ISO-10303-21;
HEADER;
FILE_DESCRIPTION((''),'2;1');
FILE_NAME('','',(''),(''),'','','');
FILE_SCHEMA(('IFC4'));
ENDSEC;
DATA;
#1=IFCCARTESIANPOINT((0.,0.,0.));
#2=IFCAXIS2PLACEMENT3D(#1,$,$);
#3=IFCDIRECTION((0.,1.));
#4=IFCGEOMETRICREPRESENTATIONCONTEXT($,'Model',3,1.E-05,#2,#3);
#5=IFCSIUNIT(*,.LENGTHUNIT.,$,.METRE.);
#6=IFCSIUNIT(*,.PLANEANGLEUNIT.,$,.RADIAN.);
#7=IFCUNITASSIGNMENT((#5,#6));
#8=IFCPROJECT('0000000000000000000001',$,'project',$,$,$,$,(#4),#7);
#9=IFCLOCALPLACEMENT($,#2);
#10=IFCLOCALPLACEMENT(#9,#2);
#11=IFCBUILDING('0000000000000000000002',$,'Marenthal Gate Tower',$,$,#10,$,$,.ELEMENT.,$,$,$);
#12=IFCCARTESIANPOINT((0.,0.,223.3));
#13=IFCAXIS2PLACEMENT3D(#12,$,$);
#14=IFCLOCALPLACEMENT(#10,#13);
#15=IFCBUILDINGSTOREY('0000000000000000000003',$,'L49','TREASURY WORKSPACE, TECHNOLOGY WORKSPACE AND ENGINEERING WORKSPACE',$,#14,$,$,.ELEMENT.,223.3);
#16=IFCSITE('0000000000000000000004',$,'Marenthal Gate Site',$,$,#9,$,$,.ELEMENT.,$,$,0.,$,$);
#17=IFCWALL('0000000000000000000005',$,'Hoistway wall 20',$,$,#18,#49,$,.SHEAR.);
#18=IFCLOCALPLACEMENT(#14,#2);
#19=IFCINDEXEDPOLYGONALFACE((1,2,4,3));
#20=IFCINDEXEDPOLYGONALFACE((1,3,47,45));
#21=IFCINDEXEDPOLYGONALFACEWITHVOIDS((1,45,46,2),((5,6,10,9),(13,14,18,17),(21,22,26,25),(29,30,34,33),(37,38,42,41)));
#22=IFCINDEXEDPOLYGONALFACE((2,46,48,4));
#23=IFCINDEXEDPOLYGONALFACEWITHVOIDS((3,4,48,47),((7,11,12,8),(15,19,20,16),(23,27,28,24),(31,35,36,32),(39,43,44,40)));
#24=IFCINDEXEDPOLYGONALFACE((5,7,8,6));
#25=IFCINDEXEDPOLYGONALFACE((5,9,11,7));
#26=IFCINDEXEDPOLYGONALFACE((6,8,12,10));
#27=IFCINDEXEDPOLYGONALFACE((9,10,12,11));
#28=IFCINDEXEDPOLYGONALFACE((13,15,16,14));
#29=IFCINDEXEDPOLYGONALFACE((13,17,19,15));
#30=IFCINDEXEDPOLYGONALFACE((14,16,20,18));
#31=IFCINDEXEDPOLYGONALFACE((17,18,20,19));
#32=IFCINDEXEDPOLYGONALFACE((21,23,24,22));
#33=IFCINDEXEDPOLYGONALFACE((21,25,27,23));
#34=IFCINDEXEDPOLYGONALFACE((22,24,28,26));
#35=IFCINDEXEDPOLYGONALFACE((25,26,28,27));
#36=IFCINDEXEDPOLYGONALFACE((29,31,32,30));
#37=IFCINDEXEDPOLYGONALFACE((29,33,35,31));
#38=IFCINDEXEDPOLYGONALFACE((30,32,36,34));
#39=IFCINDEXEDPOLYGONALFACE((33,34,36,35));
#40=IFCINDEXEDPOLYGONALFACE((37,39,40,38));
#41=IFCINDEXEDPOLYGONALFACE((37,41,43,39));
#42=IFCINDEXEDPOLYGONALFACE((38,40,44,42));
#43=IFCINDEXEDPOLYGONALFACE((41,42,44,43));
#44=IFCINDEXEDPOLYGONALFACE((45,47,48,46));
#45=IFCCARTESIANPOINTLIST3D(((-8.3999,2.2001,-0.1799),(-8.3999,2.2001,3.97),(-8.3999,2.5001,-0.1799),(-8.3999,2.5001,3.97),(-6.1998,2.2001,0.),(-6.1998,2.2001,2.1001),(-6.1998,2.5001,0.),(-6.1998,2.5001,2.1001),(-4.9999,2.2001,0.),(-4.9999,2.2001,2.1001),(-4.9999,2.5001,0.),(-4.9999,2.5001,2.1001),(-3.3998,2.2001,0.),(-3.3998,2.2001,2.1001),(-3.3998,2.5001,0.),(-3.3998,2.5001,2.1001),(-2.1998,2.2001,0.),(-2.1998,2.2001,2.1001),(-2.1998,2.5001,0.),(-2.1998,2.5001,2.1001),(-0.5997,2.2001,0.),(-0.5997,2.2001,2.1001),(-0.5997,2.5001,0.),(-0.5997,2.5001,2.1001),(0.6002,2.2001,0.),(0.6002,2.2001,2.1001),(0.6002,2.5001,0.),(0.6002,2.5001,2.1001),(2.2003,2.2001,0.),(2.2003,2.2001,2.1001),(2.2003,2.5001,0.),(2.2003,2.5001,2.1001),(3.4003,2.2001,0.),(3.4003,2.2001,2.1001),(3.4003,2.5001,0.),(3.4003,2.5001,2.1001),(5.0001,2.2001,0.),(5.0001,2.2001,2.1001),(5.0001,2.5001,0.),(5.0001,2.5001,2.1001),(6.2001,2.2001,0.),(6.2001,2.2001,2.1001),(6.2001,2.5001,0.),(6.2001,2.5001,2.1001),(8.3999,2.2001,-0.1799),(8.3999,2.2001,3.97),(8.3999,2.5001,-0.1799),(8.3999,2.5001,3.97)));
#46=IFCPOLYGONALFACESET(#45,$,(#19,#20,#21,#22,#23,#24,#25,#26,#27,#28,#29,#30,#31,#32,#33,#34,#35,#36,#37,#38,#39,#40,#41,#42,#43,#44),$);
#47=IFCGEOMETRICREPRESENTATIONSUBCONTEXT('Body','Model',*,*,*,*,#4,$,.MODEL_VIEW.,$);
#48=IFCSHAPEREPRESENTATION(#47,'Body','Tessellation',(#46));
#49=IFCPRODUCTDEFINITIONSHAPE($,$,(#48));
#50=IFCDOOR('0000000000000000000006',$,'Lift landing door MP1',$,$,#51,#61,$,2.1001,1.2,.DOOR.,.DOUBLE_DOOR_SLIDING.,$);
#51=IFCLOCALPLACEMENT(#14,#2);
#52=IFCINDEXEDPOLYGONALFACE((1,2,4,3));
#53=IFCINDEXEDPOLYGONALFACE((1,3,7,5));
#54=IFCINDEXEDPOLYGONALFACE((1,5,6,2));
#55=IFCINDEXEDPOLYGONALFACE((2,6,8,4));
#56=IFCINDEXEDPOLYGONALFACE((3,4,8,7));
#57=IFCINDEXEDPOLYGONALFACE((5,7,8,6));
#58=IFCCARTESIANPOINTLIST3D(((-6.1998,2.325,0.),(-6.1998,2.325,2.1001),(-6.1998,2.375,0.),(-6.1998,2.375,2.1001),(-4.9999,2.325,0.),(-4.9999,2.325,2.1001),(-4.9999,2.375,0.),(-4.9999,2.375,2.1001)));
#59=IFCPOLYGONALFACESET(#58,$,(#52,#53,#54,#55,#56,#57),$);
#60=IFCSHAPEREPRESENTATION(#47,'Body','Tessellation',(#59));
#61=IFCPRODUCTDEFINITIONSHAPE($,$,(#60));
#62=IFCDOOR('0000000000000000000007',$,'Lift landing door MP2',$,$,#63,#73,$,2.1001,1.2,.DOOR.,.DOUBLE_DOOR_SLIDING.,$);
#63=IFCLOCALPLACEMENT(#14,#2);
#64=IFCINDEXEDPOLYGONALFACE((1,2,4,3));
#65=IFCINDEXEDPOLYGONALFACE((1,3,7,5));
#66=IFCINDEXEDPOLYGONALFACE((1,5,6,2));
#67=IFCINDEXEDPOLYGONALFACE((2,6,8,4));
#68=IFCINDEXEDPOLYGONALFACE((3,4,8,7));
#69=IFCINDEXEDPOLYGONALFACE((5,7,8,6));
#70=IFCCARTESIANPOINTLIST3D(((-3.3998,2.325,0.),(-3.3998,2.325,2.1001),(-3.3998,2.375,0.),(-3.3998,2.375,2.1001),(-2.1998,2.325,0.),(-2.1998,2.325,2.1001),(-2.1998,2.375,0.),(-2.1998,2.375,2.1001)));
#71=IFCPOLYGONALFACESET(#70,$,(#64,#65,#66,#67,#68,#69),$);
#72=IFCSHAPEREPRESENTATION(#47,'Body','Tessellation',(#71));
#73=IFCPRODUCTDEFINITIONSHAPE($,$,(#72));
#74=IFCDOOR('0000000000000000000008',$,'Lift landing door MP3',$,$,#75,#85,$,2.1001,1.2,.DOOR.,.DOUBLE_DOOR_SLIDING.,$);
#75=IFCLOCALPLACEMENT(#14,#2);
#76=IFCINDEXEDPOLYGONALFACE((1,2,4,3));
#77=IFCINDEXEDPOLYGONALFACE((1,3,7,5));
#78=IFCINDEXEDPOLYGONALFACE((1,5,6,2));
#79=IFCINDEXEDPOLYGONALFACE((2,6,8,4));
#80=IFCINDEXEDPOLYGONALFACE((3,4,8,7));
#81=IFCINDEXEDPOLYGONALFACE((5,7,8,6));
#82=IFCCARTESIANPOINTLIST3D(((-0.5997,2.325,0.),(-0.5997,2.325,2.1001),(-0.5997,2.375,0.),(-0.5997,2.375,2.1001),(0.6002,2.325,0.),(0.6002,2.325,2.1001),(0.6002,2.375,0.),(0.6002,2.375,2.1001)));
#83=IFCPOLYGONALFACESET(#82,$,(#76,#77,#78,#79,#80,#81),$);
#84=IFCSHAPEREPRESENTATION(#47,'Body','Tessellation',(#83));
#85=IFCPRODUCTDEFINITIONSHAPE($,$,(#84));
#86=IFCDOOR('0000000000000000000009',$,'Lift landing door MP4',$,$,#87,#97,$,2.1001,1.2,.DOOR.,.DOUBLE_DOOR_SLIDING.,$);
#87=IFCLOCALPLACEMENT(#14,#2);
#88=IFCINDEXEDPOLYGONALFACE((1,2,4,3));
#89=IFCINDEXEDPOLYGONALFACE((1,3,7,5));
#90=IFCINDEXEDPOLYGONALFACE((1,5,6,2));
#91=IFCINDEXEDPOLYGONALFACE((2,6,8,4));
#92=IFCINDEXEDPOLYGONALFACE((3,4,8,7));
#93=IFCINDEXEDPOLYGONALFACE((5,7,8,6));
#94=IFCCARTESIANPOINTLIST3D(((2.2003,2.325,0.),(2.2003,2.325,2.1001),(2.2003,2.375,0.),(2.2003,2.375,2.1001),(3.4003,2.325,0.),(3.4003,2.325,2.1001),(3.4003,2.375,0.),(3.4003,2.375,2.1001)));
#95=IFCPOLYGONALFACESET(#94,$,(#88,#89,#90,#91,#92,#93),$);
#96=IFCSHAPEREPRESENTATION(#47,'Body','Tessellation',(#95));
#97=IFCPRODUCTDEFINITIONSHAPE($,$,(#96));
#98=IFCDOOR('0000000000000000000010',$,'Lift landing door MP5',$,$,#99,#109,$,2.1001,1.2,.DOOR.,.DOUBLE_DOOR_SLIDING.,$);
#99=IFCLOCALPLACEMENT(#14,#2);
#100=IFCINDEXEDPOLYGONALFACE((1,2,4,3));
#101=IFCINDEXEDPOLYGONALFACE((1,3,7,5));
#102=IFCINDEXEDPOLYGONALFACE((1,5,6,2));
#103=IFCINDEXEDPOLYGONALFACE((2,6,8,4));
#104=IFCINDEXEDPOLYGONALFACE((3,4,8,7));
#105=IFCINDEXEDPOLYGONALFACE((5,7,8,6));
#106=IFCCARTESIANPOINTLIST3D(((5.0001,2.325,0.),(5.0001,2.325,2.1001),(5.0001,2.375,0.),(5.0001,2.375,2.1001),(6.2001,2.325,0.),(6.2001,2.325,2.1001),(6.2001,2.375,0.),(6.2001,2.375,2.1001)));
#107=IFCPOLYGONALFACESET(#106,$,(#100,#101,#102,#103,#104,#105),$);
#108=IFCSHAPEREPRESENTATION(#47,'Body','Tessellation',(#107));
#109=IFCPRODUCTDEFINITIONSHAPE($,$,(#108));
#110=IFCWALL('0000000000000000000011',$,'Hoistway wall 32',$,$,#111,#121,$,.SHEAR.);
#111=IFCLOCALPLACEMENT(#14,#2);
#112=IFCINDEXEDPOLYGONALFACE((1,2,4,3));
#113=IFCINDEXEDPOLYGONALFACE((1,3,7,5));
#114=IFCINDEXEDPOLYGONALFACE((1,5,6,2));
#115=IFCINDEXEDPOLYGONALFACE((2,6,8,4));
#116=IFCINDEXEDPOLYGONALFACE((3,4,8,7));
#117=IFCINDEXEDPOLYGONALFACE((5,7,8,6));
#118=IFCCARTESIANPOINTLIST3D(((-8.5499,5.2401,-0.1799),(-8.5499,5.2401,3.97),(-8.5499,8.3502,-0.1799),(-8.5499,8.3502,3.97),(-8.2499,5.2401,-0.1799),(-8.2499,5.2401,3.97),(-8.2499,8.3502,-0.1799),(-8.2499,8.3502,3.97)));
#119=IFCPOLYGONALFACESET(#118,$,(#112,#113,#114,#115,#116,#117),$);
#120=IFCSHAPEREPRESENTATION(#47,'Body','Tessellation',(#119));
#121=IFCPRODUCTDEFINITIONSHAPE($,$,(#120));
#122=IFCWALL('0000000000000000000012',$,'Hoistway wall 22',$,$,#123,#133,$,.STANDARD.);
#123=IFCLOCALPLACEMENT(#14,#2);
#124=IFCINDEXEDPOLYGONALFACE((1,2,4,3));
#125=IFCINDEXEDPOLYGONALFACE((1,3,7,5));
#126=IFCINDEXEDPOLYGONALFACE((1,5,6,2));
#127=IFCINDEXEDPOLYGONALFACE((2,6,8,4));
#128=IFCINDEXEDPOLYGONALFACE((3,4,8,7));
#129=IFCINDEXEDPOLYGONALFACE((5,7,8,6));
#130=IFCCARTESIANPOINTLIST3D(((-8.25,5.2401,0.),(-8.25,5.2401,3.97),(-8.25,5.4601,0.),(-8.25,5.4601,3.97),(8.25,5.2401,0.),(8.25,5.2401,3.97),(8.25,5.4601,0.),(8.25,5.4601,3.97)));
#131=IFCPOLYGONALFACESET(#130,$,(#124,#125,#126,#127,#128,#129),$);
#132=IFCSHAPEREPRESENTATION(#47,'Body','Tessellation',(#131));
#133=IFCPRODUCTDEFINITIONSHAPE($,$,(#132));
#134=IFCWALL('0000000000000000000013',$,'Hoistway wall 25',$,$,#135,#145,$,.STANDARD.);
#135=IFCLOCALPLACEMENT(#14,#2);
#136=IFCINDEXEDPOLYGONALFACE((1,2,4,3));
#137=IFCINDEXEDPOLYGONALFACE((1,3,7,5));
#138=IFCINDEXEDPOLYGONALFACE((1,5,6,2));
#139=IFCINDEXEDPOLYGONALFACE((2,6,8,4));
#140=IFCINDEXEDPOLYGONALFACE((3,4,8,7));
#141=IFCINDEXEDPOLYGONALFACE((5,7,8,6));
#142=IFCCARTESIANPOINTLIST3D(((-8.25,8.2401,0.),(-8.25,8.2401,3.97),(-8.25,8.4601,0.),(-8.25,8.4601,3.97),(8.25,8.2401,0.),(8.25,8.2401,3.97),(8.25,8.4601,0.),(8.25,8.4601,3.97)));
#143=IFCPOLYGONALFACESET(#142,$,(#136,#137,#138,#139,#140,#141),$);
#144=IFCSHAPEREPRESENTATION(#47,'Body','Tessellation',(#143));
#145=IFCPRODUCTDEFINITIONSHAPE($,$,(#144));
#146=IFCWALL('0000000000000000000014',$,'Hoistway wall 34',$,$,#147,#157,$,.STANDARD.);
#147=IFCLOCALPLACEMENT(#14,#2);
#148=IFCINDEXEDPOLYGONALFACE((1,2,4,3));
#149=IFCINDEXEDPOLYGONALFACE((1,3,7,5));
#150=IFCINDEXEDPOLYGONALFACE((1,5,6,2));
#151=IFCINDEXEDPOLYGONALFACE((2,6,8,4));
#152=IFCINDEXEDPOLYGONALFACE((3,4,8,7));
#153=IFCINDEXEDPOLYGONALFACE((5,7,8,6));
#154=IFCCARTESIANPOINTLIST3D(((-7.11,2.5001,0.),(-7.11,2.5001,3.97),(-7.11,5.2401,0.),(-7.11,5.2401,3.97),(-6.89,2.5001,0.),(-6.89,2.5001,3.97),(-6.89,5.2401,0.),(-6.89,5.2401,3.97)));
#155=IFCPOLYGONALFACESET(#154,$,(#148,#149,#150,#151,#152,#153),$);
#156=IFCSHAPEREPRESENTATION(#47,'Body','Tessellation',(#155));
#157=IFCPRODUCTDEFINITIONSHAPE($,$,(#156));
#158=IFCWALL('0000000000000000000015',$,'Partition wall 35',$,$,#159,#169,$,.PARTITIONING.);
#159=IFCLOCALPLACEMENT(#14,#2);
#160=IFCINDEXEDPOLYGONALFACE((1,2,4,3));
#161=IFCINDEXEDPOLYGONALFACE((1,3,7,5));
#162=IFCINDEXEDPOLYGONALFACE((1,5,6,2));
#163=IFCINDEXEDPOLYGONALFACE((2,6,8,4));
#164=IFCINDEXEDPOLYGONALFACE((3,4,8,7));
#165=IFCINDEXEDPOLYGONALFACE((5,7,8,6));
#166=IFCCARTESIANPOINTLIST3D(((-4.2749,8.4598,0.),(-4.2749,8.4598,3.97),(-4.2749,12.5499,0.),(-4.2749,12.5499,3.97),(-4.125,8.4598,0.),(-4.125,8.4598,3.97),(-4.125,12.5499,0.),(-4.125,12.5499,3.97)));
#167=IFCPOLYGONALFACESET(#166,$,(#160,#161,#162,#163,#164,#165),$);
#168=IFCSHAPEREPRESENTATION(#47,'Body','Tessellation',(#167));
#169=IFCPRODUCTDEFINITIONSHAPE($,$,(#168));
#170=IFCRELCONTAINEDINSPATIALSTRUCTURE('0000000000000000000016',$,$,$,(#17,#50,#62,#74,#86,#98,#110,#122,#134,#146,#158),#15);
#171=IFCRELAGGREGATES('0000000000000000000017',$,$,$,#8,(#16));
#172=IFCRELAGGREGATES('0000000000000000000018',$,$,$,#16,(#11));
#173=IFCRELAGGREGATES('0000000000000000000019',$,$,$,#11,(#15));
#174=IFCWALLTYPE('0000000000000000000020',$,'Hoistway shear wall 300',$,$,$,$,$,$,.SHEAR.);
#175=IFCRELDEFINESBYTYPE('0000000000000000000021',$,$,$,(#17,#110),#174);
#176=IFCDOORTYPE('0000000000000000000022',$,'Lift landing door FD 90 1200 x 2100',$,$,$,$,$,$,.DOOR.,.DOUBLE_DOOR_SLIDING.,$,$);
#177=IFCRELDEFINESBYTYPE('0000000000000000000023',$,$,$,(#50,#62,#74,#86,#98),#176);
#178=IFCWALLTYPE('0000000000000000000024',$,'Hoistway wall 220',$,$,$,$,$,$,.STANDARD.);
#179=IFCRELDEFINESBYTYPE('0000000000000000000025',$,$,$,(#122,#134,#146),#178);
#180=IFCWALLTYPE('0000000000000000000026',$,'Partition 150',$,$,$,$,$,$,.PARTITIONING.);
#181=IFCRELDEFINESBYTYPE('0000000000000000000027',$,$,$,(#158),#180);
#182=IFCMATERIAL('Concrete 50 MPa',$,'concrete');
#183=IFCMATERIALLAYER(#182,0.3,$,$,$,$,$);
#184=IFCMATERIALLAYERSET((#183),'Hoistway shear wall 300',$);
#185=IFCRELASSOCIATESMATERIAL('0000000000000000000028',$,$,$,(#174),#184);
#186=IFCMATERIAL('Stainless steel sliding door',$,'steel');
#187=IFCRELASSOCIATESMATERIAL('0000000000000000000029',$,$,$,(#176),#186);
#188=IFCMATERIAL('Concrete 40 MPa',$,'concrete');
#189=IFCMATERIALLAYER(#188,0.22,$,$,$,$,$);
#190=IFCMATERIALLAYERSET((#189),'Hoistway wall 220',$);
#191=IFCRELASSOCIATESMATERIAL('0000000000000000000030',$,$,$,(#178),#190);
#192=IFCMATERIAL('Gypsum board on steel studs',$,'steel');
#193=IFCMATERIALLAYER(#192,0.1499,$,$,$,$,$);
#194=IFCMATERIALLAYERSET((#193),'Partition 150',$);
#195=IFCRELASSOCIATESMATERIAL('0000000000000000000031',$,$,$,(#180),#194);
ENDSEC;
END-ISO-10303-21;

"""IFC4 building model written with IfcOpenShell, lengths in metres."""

from ifc_helpers import new_model, si_unit, direction, frame, frame_2d, origin, place, context, subcontext, project, spatial, rectangle, extrude, material, layer, layer_set, type_object, element, fill, save


model = new_model("IFC4")

# Units and contexts
model_context = context("Model", 3, precision=1e-05, world=origin(), true_north=direction((0.0, 1.0)))
body_context = subcontext(model_context, "Body", "Model", "MODEL_VIEW")
ifc_project = project(units=[si_unit("LENGTHUNIT", "METRE"), si_unit("PLANEANGLEUNIT", "RADIAN")], contexts=[model_context])

# Site, building, storey
site_placement = place(None, origin())
site = spatial("IfcSite", under=ifc_project, at=site_placement, Name="Marenthal Gate Site", CompositionType="ELEMENT", RefElevation=0.0)
building_placement = place(site_placement, origin())
building = spatial("IfcBuilding", under=site, at=building_placement, Name="Marenthal Gate Tower", CompositionType="ELEMENT")
storey_placement = place(building_placement, frame((0.0, 0.0, 223.3)))
storey = spatial("IfcBuildingStorey", under=building, at=storey_placement, Name="L49", Description="TREASURY WORKSPACE, TECHNOLOGY WORKSPACE AND ENGINEERING WORKSPACE", CompositionType="ELEMENT", Elevation=223.3)

# Wall, openings, doors
ifc_material_1 = material(Name="Concrete 50 MPa", Category="concrete")
ifc_layer_1 = layer(ifc_material_1, 0.3)
ifc_layer_set_1 = layer_set([ifc_layer_1], Name="Hoistway shear wall 300")
wall_type_1 = type_object("IfcWallType", Name="Hoistway shear wall 300", PredefinedType="SHEAR", material=ifc_layer_set_1)
wall_1_placement = place(storey_placement, frame((-8.3999, 2.3501, -0.1799), z_axis=(0.0, 0.0, 1.0), x_axis=(1.0, 0.0, 0.0)))
wall_1 = element("IfcWall", 1, at=wall_1_placement, inside=storey, type_object=wall_type_1, Name="Hoistway wall 20", PredefinedType="SHEAR", context=body_context, shape_type="SweptSolid", body=[
    extrude(rectangle(XDim=16.7998, YDim=0.3, at=frame_2d((8.3999, 0.0))), origin(), (0.0, 0.0, 1.0), 4.1499),
])
opening_1_placement = place(wall_1_placement, frame((2.2, 0.0, 0.1799)))
opening_1 = element("IfcOpeningElement", 2, at=opening_1_placement, cuts=wall_1, PredefinedType="OPENING", context=body_context, shape_type="SweptSolid", body=[
    extrude(rectangle(XDim=1.2, YDim=2.1001, at=frame_2d((0.6001, 1.05))), frame((0.0, 0.1602, 0.0), z_axis=(0.0, -1.0, 0.0), x_axis=(1.0, 0.0, 0.0)), (0.0, 0.0, 1.0), 0.3201),
])
opening_2_placement = place(wall_1_placement, frame((5.0, 0.0, 0.1799)))
opening_2 = element("IfcOpeningElement", 3, at=opening_2_placement, cuts=wall_1, PredefinedType="OPENING", context=body_context, shape_type="SweptSolid", body=[
    extrude(rectangle(XDim=1.2, YDim=2.1001, at=frame_2d((0.6001, 1.05))), frame((0.0, 0.1602, 0.0), z_axis=(0.0, -1.0, 0.0), x_axis=(1.0, 0.0, 0.0)), (0.0, 0.0, 1.0), 0.3201),
])
opening_3_placement = place(wall_1_placement, frame((7.8, 0.0, 0.1799)))
opening_3 = element("IfcOpeningElement", 4, at=opening_3_placement, cuts=wall_1, PredefinedType="OPENING", context=body_context, shape_type="SweptSolid", body=[
    extrude(rectangle(XDim=1.2, YDim=2.1001, at=frame_2d((0.6001, 1.05))), frame((0.0, 0.1602, 0.0), z_axis=(0.0, -1.0, 0.0), x_axis=(1.0, 0.0, 0.0)), (0.0, 0.0, 1.0), 0.3201),
])
opening_4_placement = place(wall_1_placement, frame((10.6001, 0.0, 0.1799)))
opening_4 = element("IfcOpeningElement", 5, at=opening_4_placement, cuts=wall_1, PredefinedType="OPENING", context=body_context, shape_type="SweptSolid", body=[
    extrude(rectangle(XDim=1.2, YDim=2.1001, at=frame_2d((0.6001, 1.05))), frame((0.0, 0.1602, 0.0), z_axis=(0.0, -1.0, 0.0), x_axis=(1.0, 0.0, 0.0)), (0.0, 0.0, 1.0), 0.3201),
])
opening_5_placement = place(wall_1_placement, frame((13.3999, 0.0, 0.1799)))
opening_5 = element("IfcOpeningElement", 6, at=opening_5_placement, cuts=wall_1, PredefinedType="OPENING", context=body_context, shape_type="SweptSolid", body=[
    extrude(rectangle(XDim=1.2, YDim=2.1001, at=frame_2d((0.6001, 1.05))), frame((0.0, 0.1602, 0.0), z_axis=(0.0, -1.0, 0.0), x_axis=(1.0, 0.0, 0.0)), (0.0, 0.0, 1.0), 0.3201),
])
ifc_material_2 = material(Name="Stainless steel sliding door", Category="steel")
door_type = type_object("IfcDoorType", Name="Lift landing door FD 90 1200 x 2100", OperationType="DOUBLE_DOOR_SLIDING", PredefinedType="DOOR", material=ifc_material_2)
door_1_placement = place(opening_1_placement, origin())
door_1 = element("IfcDoor", 7, at=door_1_placement, inside=storey, type_object=door_type, Name="Lift landing door MP1", OperationType="DOUBLE_DOOR_SLIDING", OverallHeight=2.1001, OverallWidth=1.2, PredefinedType="DOOR", context=body_context, shape_type="SweptSolid", body=[
    extrude(rectangle(XDim=1.2, YDim=2.1001, at=frame_2d((0.6001, 1.05))), frame((0.0, 0.0249, 0.0), z_axis=(0.0, -1.0, 0.0), x_axis=(1.0, 0.0, 0.0)), (0.0, 0.0, 1.0), 0.05),
])
fill(opening_1, door_1)
door_2_placement = place(opening_2_placement, origin())
door_2 = element("IfcDoor", 8, at=door_2_placement, inside=storey, type_object=door_type, Name="Lift landing door MP2", OperationType="DOUBLE_DOOR_SLIDING", OverallHeight=2.1001, OverallWidth=1.2, PredefinedType="DOOR", context=body_context, shape_type="SweptSolid", body=[
    extrude(rectangle(XDim=1.2, YDim=2.1001, at=frame_2d((0.6001, 1.05))), frame((0.0, 0.0249, 0.0), z_axis=(0.0, -1.0, 0.0), x_axis=(1.0, 0.0, 0.0)), (0.0, 0.0, 1.0), 0.05),
])
fill(opening_2, door_2)
door_3_placement = place(opening_3_placement, origin())
door_3 = element("IfcDoor", 9, at=door_3_placement, inside=storey, type_object=door_type, Name="Lift landing door MP3", OperationType="DOUBLE_DOOR_SLIDING", OverallHeight=2.1001, OverallWidth=1.2, PredefinedType="DOOR", context=body_context, shape_type="SweptSolid", body=[
    extrude(rectangle(XDim=1.2, YDim=2.1001, at=frame_2d((0.6001, 1.05))), frame((0.0, 0.0249, 0.0), z_axis=(0.0, -1.0, 0.0), x_axis=(1.0, 0.0, 0.0)), (0.0, 0.0, 1.0), 0.05),
])
fill(opening_3, door_3)
door_4_placement = place(opening_4_placement, origin())
door_4 = element("IfcDoor", 10, at=door_4_placement, inside=storey, type_object=door_type, Name="Lift landing door MP4", OperationType="DOUBLE_DOOR_SLIDING", OverallHeight=2.1001, OverallWidth=1.2, PredefinedType="DOOR", context=body_context, shape_type="SweptSolid", body=[
    extrude(rectangle(XDim=1.2, YDim=2.1001, at=frame_2d((0.6001, 1.05))), frame((0.0, 0.0249, 0.0), z_axis=(0.0, -1.0, 0.0), x_axis=(1.0, 0.0, 0.0)), (0.0, 0.0, 1.0), 0.05),
])
fill(opening_4, door_4)
door_5_placement = place(opening_5_placement, origin())
door_5 = element("IfcDoor", 11, at=door_5_placement, inside=storey, type_object=door_type, Name="Lift landing door MP5", OperationType="DOUBLE_DOOR_SLIDING", OverallHeight=2.1001, OverallWidth=1.2, PredefinedType="DOOR", context=body_context, shape_type="SweptSolid", body=[
    extrude(rectangle(XDim=1.2, YDim=2.1001, at=frame_2d((0.6001, 1.05))), frame((0.0, 0.0249, 0.0), z_axis=(0.0, -1.0, 0.0), x_axis=(1.0, 0.0, 0.0)), (0.0, 0.0, 1.0), 0.05),
])
fill(opening_5, door_5)

# Walls
wall_2_placement = place(storey_placement, frame((-8.3999, 5.24, -0.1799), z_axis=(0.0, 0.0, 1.0), x_axis=(0.0, 1.0, 0.0)))
element("IfcWall", 12, at=wall_2_placement, inside=storey, type_object=wall_type_1, Name="Hoistway wall 32", PredefinedType="SHEAR", context=body_context, shape_type="SweptSolid", body=[
    extrude(rectangle(XDim=3.1101, YDim=0.3, at=frame_2d((1.5552, 0.0))), origin(), (0.0, 0.0, 1.0), 4.1499),
])
ifc_material_3 = material(Name="Concrete 40 MPa", Category="concrete")
ifc_layer_2 = layer(ifc_material_3, 0.22)
ifc_layer_set_2 = layer_set([ifc_layer_2], Name="Hoistway wall 220")
wall_type_2 = type_object("IfcWallType", Name="Hoistway wall 220", PredefinedType="STANDARD", material=ifc_layer_set_2)
for number, where, z_axis, x_axis, name in (
    (13, (-8.25, 5.3501, 0.0), (0.0, 0.0, 1.0), (1.0, 0.0, 0.0), "Hoistway wall 22"),
    (14, (-8.25, 8.3501, 0.0), (0.0, 0.0, 1.0), (1.0, 0.0, 0.0), "Hoistway wall 25"),
):
    element("IfcWall", number, at=place(storey_placement, frame(where, z_axis=z_axis, x_axis=x_axis)), inside=storey, type_object=wall_type_2, Name=name, PredefinedType="STANDARD", context=body_context, shape_type="SweptSolid", body=[
        extrude(rectangle(XDim=16.5, YDim=0.22, at=frame_2d((8.25, 0.0))), origin(), (0.0, 0.0, 1.0), 3.97),
    ])
wall_3_placement = place(storey_placement, frame((-7.0, 2.5, 0.0), z_axis=(0.0, 0.0, 1.0), x_axis=(0.0, 1.0, 0.0)))
element("IfcWall", 15, at=wall_3_placement, inside=storey, type_object=wall_type_2, Name="Hoistway wall 34", PredefinedType="STANDARD", context=body_context, shape_type="SweptSolid", body=[
    extrude(rectangle(XDim=2.74, YDim=0.22, at=frame_2d((1.3701, 0.0))), origin(), (0.0, 0.0, 1.0), 3.97),
])
ifc_material_4 = material(Name="Gypsum board on steel studs", Category="steel")
ifc_layer_3 = layer(ifc_material_4, 0.1499)
ifc_layer_set_3 = layer_set([ifc_layer_3], Name="Partition 150")
wall_type_3 = type_object("IfcWallType", Name="Partition 150", PredefinedType="PARTITIONING", material=ifc_layer_set_3)
wall_4_placement = place(storey_placement, frame((-4.2, 8.46, 0.0), z_axis=(0.0, 0.0, 1.0), x_axis=(0.0, 1.0, 0.0)))
element("IfcWall", 16, at=wall_4_placement, inside=storey, type_object=wall_type_3, Name="Partition wall 35", PredefinedType="PARTITIONING", context=body_context, shape_type="SweptSolid", body=[
    extrude(rectangle(XDim=4.0901, YDim=0.1499, at=frame_2d((2.0449, 0.0))), origin(), (0.0, 0.0, 1.0), 3.97),
])

save(model, "model.ifc")
